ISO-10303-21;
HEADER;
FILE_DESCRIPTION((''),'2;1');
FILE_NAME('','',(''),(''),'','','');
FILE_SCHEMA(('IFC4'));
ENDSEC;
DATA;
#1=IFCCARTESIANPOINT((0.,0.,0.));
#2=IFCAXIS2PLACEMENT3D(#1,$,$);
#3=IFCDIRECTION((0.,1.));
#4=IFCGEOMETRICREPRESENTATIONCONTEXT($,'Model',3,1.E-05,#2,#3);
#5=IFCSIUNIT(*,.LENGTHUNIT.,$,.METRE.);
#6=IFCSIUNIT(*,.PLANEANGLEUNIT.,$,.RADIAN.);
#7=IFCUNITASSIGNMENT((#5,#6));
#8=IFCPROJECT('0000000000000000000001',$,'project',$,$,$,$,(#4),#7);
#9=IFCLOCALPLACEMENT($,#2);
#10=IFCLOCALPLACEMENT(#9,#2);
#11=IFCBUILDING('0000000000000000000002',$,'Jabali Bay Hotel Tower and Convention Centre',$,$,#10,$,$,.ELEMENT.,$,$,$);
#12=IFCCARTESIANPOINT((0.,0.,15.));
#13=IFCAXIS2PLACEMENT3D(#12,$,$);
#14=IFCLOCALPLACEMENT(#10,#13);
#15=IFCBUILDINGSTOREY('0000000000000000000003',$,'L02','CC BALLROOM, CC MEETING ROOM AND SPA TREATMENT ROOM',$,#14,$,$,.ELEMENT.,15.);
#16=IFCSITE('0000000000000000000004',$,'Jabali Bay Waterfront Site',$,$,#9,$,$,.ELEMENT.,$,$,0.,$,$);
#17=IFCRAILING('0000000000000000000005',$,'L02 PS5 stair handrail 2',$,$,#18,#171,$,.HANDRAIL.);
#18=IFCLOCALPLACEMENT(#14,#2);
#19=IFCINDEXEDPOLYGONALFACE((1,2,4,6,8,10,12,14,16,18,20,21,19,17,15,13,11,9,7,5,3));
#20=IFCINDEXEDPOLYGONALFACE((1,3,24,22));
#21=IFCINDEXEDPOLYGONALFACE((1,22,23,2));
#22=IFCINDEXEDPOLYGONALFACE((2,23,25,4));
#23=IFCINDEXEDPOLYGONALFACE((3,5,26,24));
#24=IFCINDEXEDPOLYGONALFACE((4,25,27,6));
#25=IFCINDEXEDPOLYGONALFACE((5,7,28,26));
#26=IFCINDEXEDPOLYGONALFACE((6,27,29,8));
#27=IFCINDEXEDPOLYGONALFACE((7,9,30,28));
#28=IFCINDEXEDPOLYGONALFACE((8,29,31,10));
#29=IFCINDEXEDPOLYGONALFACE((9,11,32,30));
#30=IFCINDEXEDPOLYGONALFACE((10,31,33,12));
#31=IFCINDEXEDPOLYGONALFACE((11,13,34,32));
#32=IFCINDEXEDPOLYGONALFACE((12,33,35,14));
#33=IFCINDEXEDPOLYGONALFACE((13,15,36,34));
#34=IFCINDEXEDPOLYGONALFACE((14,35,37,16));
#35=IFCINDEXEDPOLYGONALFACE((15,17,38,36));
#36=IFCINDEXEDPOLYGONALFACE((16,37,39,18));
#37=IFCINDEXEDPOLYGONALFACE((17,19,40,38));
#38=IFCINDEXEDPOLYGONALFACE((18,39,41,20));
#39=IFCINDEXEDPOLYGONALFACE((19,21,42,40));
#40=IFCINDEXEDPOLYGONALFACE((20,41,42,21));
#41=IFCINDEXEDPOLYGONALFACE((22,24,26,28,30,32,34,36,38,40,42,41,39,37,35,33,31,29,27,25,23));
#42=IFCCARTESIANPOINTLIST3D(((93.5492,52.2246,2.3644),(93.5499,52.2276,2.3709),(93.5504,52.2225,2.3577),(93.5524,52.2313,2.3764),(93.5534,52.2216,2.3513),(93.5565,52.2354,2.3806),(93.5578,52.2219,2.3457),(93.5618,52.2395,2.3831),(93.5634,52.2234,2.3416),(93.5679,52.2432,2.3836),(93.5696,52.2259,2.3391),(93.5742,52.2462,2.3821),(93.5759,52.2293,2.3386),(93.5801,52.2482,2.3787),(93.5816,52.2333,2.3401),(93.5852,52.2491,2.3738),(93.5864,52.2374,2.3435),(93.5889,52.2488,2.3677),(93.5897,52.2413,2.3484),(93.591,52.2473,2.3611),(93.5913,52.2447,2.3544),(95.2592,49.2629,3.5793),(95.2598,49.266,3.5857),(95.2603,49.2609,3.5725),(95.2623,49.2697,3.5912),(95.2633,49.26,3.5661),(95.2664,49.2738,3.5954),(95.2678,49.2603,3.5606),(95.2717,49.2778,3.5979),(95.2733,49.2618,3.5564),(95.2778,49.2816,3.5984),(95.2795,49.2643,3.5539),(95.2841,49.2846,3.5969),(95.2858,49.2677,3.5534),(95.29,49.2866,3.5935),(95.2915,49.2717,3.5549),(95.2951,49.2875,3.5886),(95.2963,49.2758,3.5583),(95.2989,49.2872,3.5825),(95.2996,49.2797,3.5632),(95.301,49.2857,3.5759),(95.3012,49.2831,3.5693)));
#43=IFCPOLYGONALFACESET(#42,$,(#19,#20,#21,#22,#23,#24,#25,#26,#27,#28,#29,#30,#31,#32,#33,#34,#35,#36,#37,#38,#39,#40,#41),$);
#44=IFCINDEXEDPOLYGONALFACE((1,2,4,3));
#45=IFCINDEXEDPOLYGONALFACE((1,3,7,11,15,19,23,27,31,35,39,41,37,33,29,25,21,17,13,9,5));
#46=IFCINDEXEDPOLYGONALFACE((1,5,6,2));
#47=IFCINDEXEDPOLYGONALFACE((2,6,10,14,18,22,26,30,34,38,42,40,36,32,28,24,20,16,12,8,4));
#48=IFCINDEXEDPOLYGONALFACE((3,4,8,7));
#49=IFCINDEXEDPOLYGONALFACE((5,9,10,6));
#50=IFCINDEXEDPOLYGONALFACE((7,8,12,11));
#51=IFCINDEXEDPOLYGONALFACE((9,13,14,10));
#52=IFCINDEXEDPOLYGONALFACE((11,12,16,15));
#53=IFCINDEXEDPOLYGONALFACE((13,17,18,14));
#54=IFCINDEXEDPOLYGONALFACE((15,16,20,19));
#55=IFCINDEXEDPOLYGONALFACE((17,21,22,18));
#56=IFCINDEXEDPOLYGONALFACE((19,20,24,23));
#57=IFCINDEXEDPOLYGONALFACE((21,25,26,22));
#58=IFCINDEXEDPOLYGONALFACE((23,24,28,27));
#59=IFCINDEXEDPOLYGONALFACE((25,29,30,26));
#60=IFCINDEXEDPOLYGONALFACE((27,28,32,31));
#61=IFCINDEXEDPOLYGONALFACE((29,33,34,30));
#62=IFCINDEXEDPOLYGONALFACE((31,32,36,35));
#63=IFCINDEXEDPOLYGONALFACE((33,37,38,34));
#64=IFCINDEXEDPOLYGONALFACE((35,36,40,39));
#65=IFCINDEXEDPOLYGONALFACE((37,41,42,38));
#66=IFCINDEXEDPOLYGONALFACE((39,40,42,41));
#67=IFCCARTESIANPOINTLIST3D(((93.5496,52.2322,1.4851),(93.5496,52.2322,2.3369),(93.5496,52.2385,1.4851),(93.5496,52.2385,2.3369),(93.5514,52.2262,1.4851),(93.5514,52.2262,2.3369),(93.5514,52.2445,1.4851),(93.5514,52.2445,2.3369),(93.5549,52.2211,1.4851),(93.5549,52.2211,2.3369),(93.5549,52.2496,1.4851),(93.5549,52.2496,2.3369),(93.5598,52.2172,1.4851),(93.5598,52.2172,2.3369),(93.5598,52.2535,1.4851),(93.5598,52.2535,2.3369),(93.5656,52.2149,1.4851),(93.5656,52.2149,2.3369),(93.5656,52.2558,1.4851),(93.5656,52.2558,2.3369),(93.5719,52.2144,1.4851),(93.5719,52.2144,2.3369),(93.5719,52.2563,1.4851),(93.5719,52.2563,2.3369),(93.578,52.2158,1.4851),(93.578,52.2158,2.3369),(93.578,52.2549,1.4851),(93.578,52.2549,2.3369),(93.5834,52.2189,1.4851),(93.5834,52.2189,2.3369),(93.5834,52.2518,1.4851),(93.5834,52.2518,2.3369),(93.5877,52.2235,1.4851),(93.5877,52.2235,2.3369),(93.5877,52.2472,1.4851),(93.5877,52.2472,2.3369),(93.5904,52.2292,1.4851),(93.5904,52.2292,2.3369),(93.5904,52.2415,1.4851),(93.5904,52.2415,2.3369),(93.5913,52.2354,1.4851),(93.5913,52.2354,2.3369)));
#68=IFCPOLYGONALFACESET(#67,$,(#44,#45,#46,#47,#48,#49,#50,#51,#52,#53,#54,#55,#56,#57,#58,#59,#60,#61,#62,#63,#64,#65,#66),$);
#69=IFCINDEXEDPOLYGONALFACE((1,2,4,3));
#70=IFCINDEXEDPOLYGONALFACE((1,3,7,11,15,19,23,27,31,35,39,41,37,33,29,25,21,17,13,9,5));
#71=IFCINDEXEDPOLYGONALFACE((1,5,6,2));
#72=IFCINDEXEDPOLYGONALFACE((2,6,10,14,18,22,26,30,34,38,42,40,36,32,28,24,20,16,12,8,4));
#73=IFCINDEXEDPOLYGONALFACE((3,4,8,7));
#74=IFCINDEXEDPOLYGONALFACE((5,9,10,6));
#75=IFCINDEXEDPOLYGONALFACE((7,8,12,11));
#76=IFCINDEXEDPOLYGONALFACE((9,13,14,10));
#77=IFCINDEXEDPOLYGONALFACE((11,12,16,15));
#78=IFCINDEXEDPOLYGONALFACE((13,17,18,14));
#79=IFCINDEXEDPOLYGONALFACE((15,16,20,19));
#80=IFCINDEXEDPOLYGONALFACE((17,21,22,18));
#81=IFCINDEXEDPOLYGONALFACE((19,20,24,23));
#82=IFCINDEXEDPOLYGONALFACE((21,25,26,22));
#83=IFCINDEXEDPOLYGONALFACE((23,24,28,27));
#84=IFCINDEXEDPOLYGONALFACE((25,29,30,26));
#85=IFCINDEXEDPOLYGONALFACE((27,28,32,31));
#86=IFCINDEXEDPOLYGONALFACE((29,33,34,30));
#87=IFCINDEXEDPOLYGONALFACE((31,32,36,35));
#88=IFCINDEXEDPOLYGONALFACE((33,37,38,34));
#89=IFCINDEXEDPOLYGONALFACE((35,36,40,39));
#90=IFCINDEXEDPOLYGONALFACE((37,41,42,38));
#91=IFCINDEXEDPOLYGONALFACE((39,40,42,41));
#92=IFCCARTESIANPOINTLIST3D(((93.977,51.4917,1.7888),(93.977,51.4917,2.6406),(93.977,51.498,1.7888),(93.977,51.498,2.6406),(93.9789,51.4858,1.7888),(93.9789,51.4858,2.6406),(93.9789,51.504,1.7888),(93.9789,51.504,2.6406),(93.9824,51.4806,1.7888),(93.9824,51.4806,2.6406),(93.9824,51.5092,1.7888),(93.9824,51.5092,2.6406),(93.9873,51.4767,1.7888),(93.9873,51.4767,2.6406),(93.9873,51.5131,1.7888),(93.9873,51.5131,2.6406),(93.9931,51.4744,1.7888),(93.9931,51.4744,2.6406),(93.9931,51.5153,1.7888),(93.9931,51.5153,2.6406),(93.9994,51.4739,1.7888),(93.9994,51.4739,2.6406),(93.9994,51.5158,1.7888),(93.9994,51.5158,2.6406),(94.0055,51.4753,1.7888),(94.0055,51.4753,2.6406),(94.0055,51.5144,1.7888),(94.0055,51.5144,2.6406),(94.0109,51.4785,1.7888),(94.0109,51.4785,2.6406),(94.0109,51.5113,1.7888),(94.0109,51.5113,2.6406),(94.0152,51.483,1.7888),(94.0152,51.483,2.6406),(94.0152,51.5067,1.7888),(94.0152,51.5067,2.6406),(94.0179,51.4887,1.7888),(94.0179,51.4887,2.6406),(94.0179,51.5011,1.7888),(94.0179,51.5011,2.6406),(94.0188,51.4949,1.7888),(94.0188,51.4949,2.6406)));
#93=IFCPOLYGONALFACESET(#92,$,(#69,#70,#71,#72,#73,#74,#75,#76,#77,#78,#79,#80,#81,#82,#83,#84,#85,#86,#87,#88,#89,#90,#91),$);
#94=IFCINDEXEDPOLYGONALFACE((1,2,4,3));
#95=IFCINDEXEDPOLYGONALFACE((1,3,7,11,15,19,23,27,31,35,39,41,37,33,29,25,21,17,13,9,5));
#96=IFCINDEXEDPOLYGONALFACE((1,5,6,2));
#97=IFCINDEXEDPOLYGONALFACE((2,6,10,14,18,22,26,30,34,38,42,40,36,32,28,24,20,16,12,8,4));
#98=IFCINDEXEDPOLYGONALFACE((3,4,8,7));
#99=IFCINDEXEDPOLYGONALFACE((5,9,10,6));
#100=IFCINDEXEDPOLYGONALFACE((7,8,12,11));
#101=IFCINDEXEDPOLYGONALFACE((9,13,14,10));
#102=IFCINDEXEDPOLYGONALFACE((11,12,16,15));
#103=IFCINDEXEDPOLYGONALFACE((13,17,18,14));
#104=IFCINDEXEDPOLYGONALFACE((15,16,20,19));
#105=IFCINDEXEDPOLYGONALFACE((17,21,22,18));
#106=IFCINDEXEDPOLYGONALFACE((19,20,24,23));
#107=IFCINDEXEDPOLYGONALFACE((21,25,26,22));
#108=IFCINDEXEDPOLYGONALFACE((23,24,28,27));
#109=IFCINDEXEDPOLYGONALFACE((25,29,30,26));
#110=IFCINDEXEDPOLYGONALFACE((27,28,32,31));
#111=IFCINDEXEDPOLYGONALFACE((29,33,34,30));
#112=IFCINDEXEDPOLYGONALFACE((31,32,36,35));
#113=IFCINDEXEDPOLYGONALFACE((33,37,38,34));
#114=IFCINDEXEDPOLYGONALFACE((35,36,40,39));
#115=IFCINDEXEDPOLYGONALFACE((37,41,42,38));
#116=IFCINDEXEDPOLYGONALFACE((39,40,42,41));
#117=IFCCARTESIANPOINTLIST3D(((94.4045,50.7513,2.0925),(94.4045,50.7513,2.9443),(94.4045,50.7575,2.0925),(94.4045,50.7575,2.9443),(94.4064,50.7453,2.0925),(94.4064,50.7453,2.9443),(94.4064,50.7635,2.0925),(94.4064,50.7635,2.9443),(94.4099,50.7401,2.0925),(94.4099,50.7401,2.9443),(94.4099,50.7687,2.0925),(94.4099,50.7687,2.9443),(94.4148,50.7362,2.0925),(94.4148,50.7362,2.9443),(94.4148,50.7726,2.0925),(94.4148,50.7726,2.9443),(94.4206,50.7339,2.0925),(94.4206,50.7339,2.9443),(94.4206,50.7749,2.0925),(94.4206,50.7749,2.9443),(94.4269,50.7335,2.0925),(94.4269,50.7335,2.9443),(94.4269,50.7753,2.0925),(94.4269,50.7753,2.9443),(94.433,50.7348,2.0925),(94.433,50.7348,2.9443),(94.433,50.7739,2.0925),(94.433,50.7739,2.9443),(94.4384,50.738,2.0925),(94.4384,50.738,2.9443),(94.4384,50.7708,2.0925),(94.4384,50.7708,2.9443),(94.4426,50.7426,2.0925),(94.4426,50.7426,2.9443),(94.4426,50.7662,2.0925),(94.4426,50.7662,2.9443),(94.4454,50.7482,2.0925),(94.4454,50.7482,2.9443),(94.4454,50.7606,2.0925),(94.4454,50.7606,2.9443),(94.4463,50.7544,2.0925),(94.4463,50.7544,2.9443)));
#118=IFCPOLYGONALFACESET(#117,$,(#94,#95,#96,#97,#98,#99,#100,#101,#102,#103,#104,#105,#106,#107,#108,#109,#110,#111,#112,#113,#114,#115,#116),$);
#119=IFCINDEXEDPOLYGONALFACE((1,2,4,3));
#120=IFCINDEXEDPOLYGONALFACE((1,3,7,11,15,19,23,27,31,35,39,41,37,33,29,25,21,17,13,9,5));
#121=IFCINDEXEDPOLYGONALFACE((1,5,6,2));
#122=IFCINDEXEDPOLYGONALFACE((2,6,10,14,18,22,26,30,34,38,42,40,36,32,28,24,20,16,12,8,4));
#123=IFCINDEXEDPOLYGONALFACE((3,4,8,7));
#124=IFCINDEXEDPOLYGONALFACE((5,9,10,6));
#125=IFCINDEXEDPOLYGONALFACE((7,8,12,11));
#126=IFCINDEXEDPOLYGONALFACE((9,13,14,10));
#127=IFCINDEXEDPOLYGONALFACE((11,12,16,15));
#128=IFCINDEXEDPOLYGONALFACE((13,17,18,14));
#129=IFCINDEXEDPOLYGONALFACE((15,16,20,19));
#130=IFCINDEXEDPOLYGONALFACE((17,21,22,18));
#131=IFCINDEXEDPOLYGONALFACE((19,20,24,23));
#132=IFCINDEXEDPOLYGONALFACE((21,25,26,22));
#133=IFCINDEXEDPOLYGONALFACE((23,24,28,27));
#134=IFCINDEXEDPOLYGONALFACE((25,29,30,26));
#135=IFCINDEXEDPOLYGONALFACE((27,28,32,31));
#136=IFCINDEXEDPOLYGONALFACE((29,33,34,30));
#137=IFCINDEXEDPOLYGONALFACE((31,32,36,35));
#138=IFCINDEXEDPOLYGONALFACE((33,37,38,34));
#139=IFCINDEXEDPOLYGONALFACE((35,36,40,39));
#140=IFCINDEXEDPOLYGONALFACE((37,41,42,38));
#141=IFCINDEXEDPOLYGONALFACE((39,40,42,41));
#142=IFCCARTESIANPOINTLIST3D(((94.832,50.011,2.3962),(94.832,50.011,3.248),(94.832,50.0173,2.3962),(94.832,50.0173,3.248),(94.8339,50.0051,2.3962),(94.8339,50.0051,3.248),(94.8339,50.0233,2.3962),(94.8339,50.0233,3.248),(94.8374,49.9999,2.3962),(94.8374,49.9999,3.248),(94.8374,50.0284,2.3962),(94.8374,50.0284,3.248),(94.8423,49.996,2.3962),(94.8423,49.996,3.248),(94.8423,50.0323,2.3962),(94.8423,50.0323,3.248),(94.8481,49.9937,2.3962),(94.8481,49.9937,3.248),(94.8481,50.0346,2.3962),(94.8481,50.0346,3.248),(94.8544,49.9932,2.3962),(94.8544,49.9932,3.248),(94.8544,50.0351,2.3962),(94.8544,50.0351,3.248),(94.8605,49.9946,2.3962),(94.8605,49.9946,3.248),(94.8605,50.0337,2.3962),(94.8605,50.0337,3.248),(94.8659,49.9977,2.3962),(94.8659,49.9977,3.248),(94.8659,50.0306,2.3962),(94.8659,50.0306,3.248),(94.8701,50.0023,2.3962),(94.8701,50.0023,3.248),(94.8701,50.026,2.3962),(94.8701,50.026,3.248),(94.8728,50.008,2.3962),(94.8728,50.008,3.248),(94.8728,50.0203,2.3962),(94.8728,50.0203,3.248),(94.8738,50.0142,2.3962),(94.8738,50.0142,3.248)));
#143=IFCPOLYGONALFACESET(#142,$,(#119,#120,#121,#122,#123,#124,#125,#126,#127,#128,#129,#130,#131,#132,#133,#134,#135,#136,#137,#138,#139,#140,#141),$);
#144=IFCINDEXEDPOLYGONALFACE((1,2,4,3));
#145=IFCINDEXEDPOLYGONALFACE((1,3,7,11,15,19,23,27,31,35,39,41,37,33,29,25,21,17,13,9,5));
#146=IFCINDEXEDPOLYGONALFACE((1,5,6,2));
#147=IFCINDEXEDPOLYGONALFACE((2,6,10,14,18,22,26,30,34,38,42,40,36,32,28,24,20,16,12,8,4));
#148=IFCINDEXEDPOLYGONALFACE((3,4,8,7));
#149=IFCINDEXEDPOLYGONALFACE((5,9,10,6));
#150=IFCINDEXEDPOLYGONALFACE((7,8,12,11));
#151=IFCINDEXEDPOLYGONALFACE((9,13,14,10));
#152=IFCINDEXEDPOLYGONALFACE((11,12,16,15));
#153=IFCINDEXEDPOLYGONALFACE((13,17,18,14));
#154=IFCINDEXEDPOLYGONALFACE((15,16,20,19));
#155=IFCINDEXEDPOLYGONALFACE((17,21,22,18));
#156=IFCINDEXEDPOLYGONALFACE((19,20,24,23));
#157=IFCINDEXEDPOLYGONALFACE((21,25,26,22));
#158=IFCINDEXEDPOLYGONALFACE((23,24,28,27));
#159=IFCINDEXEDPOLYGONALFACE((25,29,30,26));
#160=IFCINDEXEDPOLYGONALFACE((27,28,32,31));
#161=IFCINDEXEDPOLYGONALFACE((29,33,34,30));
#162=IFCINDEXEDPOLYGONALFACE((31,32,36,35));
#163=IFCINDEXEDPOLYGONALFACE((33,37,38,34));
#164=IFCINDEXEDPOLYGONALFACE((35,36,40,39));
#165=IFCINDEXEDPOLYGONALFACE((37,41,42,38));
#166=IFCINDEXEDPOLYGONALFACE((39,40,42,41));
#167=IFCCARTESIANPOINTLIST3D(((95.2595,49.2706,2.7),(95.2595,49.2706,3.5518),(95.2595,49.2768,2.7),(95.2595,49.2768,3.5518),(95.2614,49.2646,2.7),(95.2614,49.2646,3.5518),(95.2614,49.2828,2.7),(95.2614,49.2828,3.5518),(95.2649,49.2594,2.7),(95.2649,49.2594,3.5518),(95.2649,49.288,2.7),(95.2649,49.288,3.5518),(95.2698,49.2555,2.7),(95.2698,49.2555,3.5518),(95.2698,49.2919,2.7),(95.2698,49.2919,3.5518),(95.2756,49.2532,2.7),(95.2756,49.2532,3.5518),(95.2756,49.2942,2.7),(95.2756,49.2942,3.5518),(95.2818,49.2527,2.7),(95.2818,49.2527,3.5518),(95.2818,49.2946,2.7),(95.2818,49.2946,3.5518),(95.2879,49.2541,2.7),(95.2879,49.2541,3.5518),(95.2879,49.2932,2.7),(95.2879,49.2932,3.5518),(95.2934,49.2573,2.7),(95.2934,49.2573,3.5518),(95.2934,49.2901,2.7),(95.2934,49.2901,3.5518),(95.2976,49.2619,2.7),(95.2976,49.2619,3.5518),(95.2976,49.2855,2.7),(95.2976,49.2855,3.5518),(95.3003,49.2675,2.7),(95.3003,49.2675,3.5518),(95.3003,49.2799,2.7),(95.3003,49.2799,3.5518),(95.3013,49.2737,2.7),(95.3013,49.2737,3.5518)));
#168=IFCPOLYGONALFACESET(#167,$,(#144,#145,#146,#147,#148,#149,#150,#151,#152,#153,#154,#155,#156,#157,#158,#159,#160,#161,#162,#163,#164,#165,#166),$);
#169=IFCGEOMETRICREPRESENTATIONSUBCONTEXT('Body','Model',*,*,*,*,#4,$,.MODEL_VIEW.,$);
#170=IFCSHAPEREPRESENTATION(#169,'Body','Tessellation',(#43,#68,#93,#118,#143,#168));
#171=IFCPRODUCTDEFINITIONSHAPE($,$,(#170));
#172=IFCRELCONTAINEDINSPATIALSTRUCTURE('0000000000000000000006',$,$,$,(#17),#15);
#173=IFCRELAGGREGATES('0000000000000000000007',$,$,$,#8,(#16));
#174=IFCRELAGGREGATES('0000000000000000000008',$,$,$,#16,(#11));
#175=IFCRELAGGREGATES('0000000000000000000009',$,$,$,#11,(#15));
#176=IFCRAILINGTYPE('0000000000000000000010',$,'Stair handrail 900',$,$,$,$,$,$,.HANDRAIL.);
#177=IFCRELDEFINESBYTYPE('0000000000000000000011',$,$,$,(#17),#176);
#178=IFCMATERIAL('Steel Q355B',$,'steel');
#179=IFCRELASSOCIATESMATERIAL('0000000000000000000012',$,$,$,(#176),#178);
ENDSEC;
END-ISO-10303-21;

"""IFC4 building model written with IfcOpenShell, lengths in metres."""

from ifc_helpers import new_model, si_unit, direction, frame, origin, origin_2d, place, context, subcontext, project, spatial, circle, extrude, material, type_object, element, save


model = new_model("IFC4")

# Units and contexts
model_context = context("Model", 3, precision=1e-05, world=origin(), true_north=direction((0.0, 1.0)))
body_context = subcontext(model_context, "Body", "Model", "MODEL_VIEW")
ifc_project = project(units=[si_unit("LENGTHUNIT", "METRE"), si_unit("PLANEANGLEUNIT", "RADIAN")], contexts=[model_context])

# Site, building, storey
site_placement = place(None, origin())
site = spatial("IfcSite", under=ifc_project, at=site_placement, Name="Jabali Bay Waterfront Site", CompositionType="ELEMENT", RefElevation=0.0)
building_placement = place(site_placement, origin())
building = spatial("IfcBuilding", under=site, at=building_placement, Name="Jabali Bay Hotel Tower and Convention Centre", CompositionType="ELEMENT")
storey_placement = place(building_placement, frame((0.0, 0.0, 15.0)))
storey = spatial("IfcBuildingStorey", under=building, at=storey_placement, Name="L02", Description="CC BALLROOM, CC MEETING ROOM AND SPA TREATMENT ROOM", CompositionType="ELEMENT", Elevation=15.0)

# Railing
ifc_material_1 = material(Name="Steel Q355B", Category="steel")
railing_type_1 = type_object("IfcRailingType", Name="Stair handrail 900", PredefinedType="HANDRAIL", material=ifc_material_1)
for number, where, name in (
    (1, (93.5703, 52.2354, 1.4851), "L02 PS5 stair handrail 2"),
):
    element("IfcRailing", number, at=place(storey_placement, frame(where)), inside=storey, type_object=railing_type_1, Name=name, PredefinedType="HANDRAIL", context=body_context, shape_type="SweptSolid", body=[
        extrude(circle(Radius=0.0239, at=origin_2d()), frame((0.0, 0.0, 0.876), z_axis=(0.471164, -0.81606, 0.334739), x_axis=(0.86602, 0.500009, 0.0)), (0.0, 0.0, 1.0), 3.6292),
        extrude(circle(Radius=0.021, at=origin_2d()), origin(), (0.0, 0.0, 1.0), 0.8518),
        extrude(circle(Radius=0.021, at=origin_2d()), frame((0.4275, -0.7405, 0.3037)), (0.0, 0.0, 1.0), 0.8518),
        extrude(circle(Radius=0.021, at=origin_2d()), frame((0.855, -1.481, 0.6074)), (0.0, 0.0, 1.0), 0.8518),
        extrude(circle(Radius=0.021, at=origin_2d()), frame((1.2825, -2.2212, 0.9111)), (0.0, 0.0, 1.0), 0.8518),
        extrude(circle(Radius=0.021, at=origin_2d()), frame((1.71, -2.9617, 1.2148)), (0.0, 0.0, 1.0), 0.8518),
    ])

save(model, "model.ifc")
